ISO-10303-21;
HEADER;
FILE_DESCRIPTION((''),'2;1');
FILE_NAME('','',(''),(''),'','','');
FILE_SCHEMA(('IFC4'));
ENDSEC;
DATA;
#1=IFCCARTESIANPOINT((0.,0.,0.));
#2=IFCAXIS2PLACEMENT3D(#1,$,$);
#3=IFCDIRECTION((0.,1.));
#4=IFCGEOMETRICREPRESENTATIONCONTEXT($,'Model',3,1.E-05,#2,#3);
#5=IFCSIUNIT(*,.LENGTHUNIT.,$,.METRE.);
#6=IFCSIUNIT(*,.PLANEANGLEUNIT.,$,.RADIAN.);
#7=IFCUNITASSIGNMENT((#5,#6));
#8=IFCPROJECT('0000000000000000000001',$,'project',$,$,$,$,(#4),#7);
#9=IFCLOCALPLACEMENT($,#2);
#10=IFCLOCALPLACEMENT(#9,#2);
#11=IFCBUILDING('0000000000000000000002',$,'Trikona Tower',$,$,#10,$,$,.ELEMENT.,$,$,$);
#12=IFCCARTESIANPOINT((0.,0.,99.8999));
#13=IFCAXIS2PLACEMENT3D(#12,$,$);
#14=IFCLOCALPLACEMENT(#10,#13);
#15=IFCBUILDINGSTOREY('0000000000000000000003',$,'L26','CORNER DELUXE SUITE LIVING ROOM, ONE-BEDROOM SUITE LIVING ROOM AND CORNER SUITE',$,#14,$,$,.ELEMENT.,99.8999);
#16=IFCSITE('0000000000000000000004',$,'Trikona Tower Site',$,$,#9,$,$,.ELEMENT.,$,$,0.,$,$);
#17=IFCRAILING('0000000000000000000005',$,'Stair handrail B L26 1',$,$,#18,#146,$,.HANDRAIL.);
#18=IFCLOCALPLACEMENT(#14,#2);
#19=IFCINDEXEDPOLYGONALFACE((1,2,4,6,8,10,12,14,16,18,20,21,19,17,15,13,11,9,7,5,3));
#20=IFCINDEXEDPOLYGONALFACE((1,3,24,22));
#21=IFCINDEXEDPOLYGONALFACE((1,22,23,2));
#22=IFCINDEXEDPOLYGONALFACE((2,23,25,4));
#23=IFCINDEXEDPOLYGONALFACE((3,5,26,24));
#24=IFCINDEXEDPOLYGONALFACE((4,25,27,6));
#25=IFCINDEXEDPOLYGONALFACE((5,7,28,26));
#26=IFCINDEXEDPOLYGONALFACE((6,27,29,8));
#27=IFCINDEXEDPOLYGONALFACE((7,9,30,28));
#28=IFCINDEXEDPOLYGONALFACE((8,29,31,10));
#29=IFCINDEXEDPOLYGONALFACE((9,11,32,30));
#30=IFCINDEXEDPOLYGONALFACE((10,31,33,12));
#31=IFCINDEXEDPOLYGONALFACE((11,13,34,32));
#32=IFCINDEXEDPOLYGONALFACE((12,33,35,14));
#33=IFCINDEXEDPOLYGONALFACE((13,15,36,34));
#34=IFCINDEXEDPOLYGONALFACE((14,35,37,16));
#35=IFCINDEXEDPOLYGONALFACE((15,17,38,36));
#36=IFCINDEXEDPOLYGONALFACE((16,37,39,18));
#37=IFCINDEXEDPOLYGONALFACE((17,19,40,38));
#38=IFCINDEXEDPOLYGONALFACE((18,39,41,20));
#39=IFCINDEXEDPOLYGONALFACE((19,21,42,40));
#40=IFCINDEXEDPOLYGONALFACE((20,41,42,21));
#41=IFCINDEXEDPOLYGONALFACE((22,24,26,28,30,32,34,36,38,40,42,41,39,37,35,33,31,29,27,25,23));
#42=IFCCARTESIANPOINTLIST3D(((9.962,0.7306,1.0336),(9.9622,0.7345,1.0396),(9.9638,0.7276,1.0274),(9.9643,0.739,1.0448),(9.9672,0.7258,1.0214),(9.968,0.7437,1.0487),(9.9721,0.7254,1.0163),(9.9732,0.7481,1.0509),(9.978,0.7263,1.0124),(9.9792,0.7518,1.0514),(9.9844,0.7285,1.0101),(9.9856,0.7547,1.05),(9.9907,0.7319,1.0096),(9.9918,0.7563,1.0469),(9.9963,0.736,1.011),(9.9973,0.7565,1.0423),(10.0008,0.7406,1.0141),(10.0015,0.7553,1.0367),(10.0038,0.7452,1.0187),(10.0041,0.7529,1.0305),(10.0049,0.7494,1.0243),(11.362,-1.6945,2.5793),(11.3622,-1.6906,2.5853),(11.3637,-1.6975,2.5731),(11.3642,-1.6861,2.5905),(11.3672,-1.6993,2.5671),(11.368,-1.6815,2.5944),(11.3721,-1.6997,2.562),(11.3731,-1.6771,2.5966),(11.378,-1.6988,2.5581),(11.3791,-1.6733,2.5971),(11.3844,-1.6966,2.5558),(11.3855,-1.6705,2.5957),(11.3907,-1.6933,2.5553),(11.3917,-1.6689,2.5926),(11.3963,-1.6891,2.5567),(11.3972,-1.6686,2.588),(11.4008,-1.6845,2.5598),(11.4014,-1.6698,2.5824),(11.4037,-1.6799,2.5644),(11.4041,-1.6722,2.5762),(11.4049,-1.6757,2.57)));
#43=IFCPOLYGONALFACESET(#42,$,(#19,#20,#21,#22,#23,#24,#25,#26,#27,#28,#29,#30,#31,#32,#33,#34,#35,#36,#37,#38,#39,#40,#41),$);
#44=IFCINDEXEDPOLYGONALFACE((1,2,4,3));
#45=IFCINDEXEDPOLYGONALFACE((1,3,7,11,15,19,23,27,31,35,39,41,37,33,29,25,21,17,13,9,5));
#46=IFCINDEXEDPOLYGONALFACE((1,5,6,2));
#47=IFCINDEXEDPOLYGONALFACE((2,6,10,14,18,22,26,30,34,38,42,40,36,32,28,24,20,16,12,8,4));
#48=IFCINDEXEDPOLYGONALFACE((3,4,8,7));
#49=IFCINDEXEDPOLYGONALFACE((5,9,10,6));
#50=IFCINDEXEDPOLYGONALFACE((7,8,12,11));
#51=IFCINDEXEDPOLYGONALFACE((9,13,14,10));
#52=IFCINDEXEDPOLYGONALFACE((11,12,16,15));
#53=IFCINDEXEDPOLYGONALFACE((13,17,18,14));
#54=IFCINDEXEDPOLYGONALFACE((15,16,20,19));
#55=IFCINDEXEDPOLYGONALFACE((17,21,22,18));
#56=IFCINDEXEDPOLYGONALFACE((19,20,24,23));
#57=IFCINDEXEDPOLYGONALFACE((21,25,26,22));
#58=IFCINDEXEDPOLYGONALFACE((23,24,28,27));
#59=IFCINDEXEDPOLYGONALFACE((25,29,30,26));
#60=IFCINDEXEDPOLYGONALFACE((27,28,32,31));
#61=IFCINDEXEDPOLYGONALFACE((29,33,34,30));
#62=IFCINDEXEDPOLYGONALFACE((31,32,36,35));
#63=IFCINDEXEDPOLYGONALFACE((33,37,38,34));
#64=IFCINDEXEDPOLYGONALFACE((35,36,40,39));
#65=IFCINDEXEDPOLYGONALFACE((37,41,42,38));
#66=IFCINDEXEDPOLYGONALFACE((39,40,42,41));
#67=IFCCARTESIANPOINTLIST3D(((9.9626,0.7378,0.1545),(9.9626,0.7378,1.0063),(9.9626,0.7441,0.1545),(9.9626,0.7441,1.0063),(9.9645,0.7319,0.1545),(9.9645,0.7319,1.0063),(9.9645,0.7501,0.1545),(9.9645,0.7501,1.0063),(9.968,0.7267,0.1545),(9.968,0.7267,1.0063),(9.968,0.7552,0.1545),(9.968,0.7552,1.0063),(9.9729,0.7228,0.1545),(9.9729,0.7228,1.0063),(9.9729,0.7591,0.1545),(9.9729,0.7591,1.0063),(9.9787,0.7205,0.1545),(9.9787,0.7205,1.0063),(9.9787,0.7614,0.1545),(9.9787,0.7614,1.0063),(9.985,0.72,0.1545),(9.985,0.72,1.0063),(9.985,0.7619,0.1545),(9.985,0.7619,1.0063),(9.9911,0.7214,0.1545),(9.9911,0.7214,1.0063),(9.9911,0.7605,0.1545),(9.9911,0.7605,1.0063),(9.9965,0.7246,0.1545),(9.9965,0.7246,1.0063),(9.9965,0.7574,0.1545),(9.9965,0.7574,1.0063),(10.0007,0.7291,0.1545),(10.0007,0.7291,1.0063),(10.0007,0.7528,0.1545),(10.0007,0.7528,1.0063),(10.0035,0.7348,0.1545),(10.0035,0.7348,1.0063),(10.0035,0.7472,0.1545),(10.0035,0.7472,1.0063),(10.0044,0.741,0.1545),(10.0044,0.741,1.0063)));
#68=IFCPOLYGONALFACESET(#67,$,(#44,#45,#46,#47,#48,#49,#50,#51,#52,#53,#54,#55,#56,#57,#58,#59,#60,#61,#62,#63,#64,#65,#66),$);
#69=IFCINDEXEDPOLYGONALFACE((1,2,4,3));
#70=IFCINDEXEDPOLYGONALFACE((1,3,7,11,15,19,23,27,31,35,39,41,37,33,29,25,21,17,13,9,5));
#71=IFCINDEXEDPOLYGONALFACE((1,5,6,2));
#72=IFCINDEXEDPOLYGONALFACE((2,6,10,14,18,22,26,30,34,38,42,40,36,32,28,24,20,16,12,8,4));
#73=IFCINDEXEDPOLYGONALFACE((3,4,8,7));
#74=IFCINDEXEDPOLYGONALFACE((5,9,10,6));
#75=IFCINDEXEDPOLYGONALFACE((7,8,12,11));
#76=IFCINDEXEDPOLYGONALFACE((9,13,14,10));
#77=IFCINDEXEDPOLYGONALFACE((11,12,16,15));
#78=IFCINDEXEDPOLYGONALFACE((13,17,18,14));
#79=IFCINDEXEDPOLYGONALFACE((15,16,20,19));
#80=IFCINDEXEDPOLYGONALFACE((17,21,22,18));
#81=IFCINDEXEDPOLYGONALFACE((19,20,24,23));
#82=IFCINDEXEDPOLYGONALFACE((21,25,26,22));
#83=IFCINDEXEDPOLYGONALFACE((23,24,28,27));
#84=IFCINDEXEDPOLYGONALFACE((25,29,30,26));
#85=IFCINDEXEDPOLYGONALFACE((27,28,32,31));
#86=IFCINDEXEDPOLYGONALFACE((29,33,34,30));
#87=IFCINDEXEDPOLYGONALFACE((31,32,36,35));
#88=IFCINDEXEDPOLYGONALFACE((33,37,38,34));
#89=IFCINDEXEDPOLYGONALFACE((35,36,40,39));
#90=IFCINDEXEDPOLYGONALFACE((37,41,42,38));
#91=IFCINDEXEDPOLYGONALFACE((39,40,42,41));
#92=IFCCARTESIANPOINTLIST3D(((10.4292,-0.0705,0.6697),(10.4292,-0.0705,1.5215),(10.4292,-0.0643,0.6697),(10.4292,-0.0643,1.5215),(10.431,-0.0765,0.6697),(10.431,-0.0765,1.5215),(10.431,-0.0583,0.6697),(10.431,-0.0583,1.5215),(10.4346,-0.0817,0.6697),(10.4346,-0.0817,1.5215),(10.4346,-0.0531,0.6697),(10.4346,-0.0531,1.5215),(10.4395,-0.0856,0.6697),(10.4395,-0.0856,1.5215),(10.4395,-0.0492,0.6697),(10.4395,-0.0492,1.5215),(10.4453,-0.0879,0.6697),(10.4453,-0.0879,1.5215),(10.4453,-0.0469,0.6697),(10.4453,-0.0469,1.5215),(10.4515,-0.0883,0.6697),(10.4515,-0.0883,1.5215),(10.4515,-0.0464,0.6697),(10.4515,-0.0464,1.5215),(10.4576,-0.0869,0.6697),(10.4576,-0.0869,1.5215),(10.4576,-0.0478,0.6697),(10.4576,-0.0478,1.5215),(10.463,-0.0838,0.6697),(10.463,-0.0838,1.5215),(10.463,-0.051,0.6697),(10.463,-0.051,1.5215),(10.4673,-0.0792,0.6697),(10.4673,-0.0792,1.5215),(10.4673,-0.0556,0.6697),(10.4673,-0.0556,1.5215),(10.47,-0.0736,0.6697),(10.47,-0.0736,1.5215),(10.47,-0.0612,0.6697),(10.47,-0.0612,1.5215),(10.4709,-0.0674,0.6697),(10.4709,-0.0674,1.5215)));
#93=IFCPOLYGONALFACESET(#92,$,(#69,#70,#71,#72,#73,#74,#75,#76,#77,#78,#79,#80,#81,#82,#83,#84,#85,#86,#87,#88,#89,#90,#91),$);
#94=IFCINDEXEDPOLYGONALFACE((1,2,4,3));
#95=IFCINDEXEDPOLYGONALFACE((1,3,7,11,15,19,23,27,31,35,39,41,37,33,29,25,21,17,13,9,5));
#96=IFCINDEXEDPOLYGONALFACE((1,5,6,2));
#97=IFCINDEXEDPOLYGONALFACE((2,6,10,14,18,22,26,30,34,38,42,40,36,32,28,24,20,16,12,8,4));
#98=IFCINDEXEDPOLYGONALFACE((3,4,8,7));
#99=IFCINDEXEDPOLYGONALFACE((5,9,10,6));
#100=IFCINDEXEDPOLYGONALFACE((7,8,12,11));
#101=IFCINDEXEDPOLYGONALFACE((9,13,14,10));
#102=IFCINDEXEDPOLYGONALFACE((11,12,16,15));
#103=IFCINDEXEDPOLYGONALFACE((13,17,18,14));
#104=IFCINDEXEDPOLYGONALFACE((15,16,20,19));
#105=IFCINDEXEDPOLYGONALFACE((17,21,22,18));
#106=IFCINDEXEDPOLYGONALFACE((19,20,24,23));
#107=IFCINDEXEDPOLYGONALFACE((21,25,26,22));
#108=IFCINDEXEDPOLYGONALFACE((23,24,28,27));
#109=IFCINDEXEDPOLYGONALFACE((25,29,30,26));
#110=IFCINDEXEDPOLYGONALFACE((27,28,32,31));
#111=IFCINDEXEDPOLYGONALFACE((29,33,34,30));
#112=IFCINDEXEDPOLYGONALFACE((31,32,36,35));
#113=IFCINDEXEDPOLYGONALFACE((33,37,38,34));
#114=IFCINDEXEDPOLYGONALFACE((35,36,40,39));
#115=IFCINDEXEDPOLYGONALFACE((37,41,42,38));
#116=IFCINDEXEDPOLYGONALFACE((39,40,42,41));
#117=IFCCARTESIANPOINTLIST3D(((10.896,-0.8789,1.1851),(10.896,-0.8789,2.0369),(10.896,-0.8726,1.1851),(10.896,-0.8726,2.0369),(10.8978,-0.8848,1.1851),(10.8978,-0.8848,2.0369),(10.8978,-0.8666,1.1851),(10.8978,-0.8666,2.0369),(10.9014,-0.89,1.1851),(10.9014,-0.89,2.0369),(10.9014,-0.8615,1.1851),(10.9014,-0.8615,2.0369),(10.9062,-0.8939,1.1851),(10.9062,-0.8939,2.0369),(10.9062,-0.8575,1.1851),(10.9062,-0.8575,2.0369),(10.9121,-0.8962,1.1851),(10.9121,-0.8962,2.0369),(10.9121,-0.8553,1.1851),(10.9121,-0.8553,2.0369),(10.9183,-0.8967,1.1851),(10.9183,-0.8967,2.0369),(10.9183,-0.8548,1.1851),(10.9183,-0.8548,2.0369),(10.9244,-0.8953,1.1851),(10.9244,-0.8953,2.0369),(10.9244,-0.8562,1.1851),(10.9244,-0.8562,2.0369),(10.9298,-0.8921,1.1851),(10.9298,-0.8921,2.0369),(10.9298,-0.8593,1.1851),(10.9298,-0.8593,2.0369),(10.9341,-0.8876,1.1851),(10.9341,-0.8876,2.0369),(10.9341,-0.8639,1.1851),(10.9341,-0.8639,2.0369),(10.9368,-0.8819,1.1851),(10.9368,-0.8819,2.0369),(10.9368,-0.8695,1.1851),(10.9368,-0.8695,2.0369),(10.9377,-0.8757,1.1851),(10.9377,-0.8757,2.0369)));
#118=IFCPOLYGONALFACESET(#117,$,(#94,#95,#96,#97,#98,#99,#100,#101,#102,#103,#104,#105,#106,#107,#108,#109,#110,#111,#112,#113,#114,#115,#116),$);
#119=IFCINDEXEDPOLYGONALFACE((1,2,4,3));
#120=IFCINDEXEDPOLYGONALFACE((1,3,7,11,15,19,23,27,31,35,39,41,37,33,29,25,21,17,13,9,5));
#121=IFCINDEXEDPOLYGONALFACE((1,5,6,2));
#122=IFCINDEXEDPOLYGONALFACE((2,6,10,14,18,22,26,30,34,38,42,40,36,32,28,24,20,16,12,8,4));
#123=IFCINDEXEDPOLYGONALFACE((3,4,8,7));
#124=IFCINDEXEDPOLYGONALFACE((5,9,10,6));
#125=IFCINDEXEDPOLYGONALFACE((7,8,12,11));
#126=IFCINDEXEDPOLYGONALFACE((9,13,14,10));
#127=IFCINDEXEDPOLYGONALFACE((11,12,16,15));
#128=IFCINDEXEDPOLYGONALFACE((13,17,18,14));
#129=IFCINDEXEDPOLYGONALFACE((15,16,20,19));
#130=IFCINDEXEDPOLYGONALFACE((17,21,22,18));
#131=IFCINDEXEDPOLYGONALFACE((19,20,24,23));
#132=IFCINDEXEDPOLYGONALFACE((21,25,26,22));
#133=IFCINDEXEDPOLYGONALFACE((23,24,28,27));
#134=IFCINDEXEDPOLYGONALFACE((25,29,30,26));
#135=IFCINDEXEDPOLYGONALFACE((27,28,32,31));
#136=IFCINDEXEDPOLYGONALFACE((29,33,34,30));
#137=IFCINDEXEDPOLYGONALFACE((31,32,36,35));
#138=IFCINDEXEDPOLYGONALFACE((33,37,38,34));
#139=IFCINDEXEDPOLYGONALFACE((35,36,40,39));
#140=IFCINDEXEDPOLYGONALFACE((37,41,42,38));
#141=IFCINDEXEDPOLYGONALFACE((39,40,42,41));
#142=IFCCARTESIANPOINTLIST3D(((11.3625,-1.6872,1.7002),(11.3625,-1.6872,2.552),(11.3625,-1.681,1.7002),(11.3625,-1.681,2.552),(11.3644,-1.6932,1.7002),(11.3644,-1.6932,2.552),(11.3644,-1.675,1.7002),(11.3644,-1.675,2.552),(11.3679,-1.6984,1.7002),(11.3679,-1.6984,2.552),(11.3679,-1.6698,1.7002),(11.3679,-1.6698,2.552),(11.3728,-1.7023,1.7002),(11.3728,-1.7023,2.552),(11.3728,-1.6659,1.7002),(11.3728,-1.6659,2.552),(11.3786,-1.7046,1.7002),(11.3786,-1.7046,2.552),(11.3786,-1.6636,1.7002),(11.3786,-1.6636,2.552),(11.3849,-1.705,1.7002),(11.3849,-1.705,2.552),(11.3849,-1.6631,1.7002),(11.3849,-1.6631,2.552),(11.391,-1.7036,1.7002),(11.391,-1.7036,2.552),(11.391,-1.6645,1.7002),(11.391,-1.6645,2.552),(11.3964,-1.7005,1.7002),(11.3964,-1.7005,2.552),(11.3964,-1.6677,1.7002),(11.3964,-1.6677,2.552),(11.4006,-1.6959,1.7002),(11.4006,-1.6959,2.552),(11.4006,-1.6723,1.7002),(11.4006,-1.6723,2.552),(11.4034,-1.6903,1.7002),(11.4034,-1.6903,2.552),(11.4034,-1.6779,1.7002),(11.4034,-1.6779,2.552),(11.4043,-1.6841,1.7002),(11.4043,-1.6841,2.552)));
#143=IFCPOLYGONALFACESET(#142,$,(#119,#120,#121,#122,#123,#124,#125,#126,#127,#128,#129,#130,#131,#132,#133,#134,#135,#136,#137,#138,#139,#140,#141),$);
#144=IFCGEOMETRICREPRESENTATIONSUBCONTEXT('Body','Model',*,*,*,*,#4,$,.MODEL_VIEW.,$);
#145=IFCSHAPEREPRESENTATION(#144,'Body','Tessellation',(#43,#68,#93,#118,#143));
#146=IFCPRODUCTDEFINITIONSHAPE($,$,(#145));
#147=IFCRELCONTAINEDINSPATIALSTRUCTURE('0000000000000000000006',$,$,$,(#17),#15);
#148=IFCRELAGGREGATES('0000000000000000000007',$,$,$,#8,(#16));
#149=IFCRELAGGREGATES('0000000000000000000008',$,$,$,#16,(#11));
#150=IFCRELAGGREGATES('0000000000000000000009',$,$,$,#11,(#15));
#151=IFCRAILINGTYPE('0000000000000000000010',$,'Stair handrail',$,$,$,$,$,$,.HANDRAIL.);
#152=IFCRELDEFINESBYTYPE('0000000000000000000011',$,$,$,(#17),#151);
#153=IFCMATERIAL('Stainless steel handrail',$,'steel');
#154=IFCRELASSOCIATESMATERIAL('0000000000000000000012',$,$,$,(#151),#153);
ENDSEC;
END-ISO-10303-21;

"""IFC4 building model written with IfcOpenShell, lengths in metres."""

from ifc_helpers import new_model, si_unit, direction, frame, origin, origin_2d, place, context, subcontext, project, spatial, circle, extrude, material, type_object, element, save


model = new_model("IFC4")

# Units and contexts
model_context = context("Model", 3, precision=1e-05, world=origin(), true_north=direction((0.0, 1.0)))
body_context = subcontext(model_context, "Body", "Model", "MODEL_VIEW")
ifc_project = project(units=[si_unit("LENGTHUNIT", "METRE"), si_unit("PLANEANGLEUNIT", "RADIAN")], contexts=[model_context])

# Site, building, storey
site_placement = place(None, origin())
site = spatial("IfcSite", under=ifc_project, at=site_placement, Name="Trikona Tower Site", CompositionType="ELEMENT", RefElevation=0.0)
building_placement = place(site_placement, origin())
building = spatial("IfcBuilding", under=site, at=building_placement, Name="Trikona Tower", CompositionType="ELEMENT")
storey_placement = place(building_placement, frame((0.0, 0.0, 99.8999)))
storey = spatial("IfcBuildingStorey", under=building, at=storey_placement, Name="L26", Description="CORNER DELUXE SUITE LIVING ROOM, ONE-BEDROOM SUITE LIVING ROOM AND CORNER SUITE", CompositionType="ELEMENT", Elevation=99.8999)

# Railing
ifc_material_1 = material(Name="Stainless steel handrail", Category="steel")
railing_type = type_object("IfcRailingType", Name="Stair handrail", PredefinedType="HANDRAIL", material=ifc_material_1)
railing_placement = place(storey_placement, frame((9.9834, 0.741, 0.1545)))
element("IfcRailing", 1, at=railing_placement, inside=storey, type_object=railing_type, Name="Stair handrail B L26 1", PredefinedType="HANDRAIL", context=body_context, shape_type="SweptSolid", body=[
    extrude(circle(Radius=0.0239, at=origin_2d()), frame((0.0, 0.0, 0.876), z_axis=(0.437691, -0.758212, 0.483262), x_axis=(0.866056, 0.499946, 0.0)), (0.0, 0.0, 1.0), 3.1985),
    extrude(circle(Radius=0.021, at=origin_2d()), origin(), (0.0, 0.0, 1.0), 0.8518),
    extrude(circle(Radius=0.021, at=origin_2d()), frame((0.4666, -0.8083, 0.5151)), (0.0, 0.0, 1.0), 0.8518),
    extrude(circle(Radius=0.021, at=origin_2d()), frame((0.9333, -1.6167, 1.0305)), (0.0, 0.0, 1.0), 0.8518),
    extrude(circle(Radius=0.021, at=origin_2d()), frame((1.3999, -2.425, 1.5457)), (0.0, 0.0, 1.0), 0.8518),
])

save(model, "model.ifc")
